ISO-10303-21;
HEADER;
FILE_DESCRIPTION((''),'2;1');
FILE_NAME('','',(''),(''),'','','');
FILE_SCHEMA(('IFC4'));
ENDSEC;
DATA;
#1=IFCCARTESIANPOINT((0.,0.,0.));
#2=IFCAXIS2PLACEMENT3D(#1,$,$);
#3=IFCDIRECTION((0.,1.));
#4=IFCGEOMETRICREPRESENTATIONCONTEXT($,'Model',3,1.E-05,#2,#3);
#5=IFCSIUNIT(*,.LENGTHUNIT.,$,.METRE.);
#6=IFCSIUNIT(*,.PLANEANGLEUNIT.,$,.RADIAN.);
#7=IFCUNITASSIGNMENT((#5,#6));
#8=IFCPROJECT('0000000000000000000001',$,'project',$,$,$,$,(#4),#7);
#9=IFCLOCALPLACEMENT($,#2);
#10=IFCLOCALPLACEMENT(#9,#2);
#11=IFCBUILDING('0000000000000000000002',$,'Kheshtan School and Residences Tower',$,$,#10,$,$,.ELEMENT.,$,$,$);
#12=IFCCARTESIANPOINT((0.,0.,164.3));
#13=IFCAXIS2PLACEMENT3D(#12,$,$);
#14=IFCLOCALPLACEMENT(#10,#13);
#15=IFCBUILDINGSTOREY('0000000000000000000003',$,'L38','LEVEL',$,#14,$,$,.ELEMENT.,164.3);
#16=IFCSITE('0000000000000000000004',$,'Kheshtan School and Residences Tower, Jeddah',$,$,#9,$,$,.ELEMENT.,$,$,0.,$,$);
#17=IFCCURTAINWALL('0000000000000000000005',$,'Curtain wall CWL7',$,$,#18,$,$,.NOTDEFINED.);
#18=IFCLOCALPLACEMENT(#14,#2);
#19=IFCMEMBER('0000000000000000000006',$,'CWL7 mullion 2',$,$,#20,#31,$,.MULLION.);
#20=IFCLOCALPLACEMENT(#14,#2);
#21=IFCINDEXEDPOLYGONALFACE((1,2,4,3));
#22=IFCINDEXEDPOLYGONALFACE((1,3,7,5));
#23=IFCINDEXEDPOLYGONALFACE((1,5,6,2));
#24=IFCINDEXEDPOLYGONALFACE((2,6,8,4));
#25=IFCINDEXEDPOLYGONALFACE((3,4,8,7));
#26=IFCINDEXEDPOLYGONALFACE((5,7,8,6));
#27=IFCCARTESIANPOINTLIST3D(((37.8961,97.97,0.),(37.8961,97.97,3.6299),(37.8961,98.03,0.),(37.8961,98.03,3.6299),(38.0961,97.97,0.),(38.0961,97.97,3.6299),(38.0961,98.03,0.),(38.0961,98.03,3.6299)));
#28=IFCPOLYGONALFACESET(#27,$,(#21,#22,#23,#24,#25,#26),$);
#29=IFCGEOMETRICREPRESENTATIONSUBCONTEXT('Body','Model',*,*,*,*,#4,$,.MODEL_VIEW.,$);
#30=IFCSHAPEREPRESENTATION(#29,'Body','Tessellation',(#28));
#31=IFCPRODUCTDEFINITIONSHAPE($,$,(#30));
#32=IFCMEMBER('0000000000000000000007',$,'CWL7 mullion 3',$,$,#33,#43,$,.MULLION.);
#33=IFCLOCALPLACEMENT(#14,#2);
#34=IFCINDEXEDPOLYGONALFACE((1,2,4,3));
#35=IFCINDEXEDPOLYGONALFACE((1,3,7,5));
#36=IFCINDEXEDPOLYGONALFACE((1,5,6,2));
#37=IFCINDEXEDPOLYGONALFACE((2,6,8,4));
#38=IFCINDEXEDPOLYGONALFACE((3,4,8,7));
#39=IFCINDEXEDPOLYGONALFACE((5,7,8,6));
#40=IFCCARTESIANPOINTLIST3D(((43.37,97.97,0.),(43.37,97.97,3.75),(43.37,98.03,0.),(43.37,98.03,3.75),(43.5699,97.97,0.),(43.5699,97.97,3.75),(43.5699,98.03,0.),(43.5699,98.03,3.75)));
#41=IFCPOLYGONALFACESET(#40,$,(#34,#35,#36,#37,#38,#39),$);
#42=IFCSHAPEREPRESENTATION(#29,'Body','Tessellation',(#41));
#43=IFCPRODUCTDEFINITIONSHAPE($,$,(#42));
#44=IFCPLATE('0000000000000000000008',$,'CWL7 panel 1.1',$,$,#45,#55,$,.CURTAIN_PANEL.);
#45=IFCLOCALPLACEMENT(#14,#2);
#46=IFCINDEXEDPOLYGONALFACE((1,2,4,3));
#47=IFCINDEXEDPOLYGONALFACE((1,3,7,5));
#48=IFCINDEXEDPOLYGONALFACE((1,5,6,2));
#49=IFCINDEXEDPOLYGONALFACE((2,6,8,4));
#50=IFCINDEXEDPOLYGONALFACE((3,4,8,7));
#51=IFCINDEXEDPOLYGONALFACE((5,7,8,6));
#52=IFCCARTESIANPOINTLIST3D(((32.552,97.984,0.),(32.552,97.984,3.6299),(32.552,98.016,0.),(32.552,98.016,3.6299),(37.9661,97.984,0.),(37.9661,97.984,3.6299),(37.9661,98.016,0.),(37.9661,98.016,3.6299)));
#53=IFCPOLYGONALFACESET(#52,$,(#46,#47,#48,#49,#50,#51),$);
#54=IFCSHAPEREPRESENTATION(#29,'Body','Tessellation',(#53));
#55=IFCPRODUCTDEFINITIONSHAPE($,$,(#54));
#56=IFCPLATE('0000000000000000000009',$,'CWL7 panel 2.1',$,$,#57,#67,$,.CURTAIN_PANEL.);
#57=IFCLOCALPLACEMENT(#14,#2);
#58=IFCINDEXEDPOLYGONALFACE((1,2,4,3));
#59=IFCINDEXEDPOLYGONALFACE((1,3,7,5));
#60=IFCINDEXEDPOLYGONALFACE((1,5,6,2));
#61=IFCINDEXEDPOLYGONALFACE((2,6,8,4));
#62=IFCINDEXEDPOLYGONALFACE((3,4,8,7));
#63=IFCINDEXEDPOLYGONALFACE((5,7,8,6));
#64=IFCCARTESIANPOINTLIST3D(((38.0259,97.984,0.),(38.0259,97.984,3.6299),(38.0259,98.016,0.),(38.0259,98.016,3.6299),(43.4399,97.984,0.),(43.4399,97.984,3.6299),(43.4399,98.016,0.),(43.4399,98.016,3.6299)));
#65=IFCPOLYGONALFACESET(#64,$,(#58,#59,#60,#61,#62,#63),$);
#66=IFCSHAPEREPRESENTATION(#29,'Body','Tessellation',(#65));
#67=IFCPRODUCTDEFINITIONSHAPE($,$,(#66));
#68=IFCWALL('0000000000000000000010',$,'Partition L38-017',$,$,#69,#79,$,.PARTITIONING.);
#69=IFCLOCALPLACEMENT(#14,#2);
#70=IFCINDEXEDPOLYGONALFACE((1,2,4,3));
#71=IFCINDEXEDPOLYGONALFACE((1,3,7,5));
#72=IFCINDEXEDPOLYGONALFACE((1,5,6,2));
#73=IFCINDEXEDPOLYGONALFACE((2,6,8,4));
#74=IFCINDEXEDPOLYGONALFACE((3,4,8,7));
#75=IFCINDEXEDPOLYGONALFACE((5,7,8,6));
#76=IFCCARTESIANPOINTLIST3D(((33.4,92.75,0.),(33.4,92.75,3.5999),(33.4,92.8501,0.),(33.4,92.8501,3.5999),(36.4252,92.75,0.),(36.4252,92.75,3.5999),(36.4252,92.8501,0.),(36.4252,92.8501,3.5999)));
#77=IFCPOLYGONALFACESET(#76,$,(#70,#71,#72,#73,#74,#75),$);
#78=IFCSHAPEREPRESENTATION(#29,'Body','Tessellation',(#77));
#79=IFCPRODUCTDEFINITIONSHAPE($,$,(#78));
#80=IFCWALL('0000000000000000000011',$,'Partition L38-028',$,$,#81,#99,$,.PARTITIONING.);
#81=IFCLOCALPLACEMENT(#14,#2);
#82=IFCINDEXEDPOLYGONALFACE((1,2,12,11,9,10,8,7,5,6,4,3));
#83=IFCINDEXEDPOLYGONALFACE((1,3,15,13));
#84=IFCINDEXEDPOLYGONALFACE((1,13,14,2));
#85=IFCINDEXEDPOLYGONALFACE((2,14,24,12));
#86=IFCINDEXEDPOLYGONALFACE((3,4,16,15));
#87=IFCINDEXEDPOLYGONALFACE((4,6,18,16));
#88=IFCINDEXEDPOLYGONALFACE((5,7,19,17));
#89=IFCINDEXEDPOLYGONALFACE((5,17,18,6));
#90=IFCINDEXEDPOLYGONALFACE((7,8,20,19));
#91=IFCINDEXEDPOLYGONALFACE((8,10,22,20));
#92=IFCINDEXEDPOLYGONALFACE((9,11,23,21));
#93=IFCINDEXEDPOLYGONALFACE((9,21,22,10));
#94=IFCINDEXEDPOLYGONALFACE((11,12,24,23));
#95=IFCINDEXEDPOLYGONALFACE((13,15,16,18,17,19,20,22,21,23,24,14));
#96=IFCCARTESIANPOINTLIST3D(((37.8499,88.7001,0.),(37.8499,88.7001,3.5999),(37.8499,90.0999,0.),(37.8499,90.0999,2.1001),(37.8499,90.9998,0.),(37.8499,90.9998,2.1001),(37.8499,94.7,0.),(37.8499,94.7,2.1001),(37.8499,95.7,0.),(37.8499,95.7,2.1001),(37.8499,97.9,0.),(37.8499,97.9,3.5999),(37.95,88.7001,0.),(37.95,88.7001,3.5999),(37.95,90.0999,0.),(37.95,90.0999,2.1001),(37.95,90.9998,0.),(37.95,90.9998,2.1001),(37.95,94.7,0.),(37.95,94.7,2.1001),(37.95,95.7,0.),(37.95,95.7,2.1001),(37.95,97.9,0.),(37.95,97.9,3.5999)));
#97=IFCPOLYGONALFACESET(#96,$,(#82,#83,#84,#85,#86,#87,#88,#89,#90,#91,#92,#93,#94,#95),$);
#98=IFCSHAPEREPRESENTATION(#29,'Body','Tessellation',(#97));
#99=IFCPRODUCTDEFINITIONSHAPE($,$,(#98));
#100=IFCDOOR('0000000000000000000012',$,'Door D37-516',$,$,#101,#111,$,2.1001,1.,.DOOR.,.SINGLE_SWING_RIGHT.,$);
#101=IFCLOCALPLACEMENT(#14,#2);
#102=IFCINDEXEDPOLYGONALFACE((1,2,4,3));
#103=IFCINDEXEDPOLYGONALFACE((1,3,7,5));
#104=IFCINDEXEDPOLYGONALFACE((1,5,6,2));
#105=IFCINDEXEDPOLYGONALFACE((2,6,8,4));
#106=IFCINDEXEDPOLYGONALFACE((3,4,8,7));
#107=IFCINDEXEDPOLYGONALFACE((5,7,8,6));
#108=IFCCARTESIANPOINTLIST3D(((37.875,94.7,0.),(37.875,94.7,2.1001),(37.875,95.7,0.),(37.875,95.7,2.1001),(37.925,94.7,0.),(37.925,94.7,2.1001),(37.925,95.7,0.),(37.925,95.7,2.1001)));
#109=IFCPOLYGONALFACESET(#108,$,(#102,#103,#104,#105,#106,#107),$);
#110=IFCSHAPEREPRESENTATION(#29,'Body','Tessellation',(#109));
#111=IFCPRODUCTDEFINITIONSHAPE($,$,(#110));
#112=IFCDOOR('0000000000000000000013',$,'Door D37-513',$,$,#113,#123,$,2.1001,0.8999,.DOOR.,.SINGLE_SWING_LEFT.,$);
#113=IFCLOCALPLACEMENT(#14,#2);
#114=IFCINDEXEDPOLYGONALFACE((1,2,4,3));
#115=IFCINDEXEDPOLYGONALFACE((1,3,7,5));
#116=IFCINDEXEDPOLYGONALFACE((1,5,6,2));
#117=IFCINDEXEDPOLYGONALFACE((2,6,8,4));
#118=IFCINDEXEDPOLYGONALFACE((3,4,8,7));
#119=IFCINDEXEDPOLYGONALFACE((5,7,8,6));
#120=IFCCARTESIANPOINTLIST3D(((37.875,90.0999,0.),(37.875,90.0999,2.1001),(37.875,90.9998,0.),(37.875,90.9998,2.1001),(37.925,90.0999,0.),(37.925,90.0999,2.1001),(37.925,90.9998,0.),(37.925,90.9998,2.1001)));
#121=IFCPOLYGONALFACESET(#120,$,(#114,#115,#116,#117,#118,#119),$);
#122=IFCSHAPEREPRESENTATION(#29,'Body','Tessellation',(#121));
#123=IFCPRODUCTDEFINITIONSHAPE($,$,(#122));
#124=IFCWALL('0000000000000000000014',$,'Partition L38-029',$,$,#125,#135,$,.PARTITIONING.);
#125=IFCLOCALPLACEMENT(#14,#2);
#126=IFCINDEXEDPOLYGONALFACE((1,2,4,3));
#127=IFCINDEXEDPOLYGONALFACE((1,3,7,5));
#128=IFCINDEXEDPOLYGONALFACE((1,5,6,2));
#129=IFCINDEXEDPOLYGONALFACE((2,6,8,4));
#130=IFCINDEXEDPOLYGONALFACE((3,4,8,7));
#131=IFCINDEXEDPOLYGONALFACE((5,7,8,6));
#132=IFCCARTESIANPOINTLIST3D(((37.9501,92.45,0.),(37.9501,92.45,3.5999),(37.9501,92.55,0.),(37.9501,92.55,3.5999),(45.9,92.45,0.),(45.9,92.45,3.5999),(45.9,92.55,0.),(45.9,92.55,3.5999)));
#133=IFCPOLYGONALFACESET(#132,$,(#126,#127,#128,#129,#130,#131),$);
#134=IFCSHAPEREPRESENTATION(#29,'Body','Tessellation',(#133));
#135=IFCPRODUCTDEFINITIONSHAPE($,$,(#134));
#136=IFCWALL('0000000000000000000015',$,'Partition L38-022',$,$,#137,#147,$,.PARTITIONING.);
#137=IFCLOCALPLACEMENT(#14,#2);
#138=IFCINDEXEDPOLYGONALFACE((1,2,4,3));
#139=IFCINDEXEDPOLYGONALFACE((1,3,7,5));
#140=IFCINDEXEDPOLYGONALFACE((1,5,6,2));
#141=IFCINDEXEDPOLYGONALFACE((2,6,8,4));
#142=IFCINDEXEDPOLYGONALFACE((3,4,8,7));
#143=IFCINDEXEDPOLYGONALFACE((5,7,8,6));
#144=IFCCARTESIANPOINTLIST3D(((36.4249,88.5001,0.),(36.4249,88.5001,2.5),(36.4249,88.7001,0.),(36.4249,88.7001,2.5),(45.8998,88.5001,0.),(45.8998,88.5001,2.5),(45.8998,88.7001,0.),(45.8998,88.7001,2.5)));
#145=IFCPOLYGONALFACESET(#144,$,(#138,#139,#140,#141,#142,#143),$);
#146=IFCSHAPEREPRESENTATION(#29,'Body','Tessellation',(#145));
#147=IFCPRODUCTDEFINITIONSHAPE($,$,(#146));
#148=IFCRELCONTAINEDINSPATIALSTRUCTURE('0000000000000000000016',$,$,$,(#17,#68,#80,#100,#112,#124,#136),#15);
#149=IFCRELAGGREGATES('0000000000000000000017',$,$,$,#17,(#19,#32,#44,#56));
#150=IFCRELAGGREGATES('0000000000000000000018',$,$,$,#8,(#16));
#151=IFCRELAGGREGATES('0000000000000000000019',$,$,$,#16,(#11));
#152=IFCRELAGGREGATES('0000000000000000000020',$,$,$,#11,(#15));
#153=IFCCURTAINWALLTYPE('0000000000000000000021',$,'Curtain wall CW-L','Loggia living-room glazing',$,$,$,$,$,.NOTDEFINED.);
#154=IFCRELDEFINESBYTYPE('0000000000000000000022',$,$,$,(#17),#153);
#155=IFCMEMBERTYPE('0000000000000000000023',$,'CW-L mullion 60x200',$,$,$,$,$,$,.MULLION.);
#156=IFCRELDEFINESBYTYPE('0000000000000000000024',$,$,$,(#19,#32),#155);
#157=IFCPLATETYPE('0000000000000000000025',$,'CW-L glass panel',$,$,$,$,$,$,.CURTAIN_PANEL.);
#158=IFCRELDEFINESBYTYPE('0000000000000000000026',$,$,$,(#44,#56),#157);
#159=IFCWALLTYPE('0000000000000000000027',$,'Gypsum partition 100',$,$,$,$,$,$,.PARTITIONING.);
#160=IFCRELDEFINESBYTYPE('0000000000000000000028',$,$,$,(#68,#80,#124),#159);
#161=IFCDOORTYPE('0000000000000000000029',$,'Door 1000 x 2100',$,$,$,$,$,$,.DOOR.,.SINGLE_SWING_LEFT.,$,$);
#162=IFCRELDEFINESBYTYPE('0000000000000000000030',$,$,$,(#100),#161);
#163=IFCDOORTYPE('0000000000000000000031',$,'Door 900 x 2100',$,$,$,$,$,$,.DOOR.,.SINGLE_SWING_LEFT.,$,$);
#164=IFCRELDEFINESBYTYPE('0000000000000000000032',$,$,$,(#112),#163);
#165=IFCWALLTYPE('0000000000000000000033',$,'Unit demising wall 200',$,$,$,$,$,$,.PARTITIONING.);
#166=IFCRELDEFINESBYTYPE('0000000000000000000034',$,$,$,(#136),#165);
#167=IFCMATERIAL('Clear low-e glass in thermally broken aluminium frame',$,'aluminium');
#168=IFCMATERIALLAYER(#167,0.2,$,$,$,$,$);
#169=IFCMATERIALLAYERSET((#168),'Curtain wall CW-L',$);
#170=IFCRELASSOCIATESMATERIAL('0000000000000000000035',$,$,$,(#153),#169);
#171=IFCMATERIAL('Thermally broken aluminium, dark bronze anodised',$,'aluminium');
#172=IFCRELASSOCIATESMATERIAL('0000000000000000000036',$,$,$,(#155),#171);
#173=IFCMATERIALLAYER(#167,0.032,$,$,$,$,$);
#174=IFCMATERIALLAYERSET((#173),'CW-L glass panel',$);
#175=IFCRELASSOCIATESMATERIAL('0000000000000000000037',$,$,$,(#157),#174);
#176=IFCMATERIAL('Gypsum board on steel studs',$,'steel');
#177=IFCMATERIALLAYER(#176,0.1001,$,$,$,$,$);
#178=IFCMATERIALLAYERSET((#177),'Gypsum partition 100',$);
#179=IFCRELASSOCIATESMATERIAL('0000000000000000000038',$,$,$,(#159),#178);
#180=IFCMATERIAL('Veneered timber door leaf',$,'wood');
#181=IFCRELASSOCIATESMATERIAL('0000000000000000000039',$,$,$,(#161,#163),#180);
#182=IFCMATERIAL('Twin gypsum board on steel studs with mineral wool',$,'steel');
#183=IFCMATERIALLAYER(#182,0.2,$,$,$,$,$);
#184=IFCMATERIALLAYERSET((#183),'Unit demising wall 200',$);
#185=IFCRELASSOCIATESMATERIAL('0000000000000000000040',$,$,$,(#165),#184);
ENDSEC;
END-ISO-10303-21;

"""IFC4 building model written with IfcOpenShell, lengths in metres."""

from ifc_helpers import new_model, si_unit, direction, frame, frame_2d, origin, origin_2d, place, context, subcontext, project, spatial, rectangle, extrude, source, transform, mapped, material, layer, layer_set, material_profile, profile_set, type_object, element, fill, aggregate, save


model = new_model("IFC4")

# Units and contexts
model_context = context("Model", 3, precision=1e-05, world=origin(), true_north=direction((0.0, 1.0)))
body_context = subcontext(model_context, "Body", "Model", "MODEL_VIEW")
ifc_project = project(units=[si_unit("LENGTHUNIT", "METRE"), si_unit("PLANEANGLEUNIT", "RADIAN")], contexts=[model_context])

# Site, building, storey
site_placement = place(None, origin())
site = spatial("IfcSite", under=ifc_project, at=site_placement, Name="Kheshtan School and Residences Tower, Jeddah", CompositionType="ELEMENT", RefElevation=0.0)
building_placement = place(site_placement, origin())
building = spatial("IfcBuilding", under=site, at=building_placement, Name="Kheshtan School and Residences Tower", CompositionType="ELEMENT")
storey_placement = place(building_placement, frame((0.0, 0.0, 164.3)))
storey = spatial("IfcBuildingStorey", under=building, at=storey_placement, Name="L38", Description="LEVEL", CompositionType="ELEMENT", Elevation=164.3)

# Curtain wall, members, plates
ifc_material_1 = material(Name="Clear low-e glass in thermally broken aluminium frame", Category="aluminium")
ifc_layer_1 = layer(ifc_material_1, 0.2)
ifc_layer_set_1 = layer_set([ifc_layer_1], Name="Curtain wall CW-L")
curtain_wall_type = type_object("IfcCurtainWallType", Name="Curtain wall CW-L", Description="Loggia living-room glazing", PredefinedType="NOTDEFINED", material=ifc_layer_set_1)
curtain_wall_placement = place(storey_placement, origin())
curtain_wall = element("IfcCurtainWall", 1, at=curtain_wall_placement, inside=storey, type_object=curtain_wall_type, Name="Curtain wall CWL7", PredefinedType="NOTDEFINED")
ifc_material_2 = material(Name="Thermally broken aluminium, dark bronze anodised", Category="aluminium")
ifc_material_profile = material_profile(ifc_material_2, rectangle(XDim=0.0601, YDim=0.2, at=origin_2d()), Name="CW-L mullion 60x200")
ifc_profile_set = profile_set([ifc_material_profile], Name="Thermally broken aluminium, dark bronze anodised")
member_type = type_object("IfcMemberType", Name="CW-L mullion 60x200", PredefinedType="MULLION", material=ifc_profile_set)
member_1_placement = place(storey_placement, frame((37.9961, 98.0, 0.0), z_axis=(0.0, 0.0, 1.0), x_axis=(0.0, 1.0, 0.0)))
member_1 = element("IfcMember", 2, at=member_1_placement, type_object=member_type, Name="CWL7 mullion 2", PredefinedType="MULLION", context=body_context, shape_type="SweptSolid", body=[
    extrude(rectangle(XDim=0.0601, YDim=0.2, at=origin_2d()), origin(), (0.0, 0.0, 1.0), 3.6299),
])
member_2_placement = place(storey_placement, frame((43.47, 98.0, 0.0), z_axis=(0.0, 0.0, 1.0), x_axis=(0.0, 1.0, 0.0)))
member_2 = element("IfcMember", 3, at=member_2_placement, type_object=member_type, Name="CWL7 mullion 3", PredefinedType="MULLION", context=body_context, shape_type="SweptSolid", body=[
    extrude(rectangle(XDim=0.0601, YDim=0.2, at=origin_2d()), origin(), (0.0, 0.0, 1.0), 3.75),
])
ifc_layer_2 = layer(ifc_material_1, 0.032)
ifc_layer_set_2 = layer_set([ifc_layer_2], Name="CW-L glass panel")
plate_type = type_object("IfcPlateType", Name="CW-L glass panel", PredefinedType="CURTAIN_PANEL", material=ifc_layer_set_2)
plate_1_placement = place(storey_placement, frame((35.259, 98.0, 0.0), z_axis=(0.0, 0.0, 1.0), x_axis=(1.0, 0.0, 0.0)))
plate_1 = element("IfcPlate", 4, at=plate_1_placement, type_object=plate_type, Name="CWL7 panel 1.1", PredefinedType="CURTAIN_PANEL", context=body_context, shape_type="SweptSolid", body=[
    extrude(rectangle(XDim=5.4141, YDim=0.032, at=origin_2d()), origin(), (0.0, 0.0, 1.0), 3.6299),
])
plate_2_placement = place(storey_placement, frame((40.7329, 98.0, 0.0), z_axis=(0.0, 0.0, 1.0), x_axis=(1.0, 0.0, 0.0)))
plate_2 = element("IfcPlate", 5, at=plate_2_placement, type_object=plate_type, Name="CWL7 panel 2.1", PredefinedType="CURTAIN_PANEL", context=body_context, shape_type="SweptSolid", body=[
    extrude(rectangle(XDim=5.4141, YDim=0.032, at=origin_2d()), origin(), (0.0, 0.0, 1.0), 3.6299),
])
aggregate(curtain_wall, [member_1, member_2, plate_1, plate_2])

# Wall
ifc_material_3 = material(Name="Gypsum board on steel studs", Category="steel")
ifc_layer_3 = layer(ifc_material_3, 0.1001)
ifc_layer_set_3 = layer_set([ifc_layer_3], Name="Gypsum partition 100")
wall_type_1 = type_object("IfcWallType", Name="Gypsum partition 100", PredefinedType="PARTITIONING", material=ifc_layer_set_3)
wall_1_placement = place(storey_placement, frame((33.3999, 92.8, 0.0), z_axis=(0.0, 0.0, 1.0), x_axis=(1.0, 0.0, 0.0)))
element("IfcWall", 6, at=wall_1_placement, inside=storey, type_object=wall_type_1, Name="Partition L38-017", PredefinedType="PARTITIONING", context=body_context, shape_type="SweptSolid", body=[
    extrude(rectangle(XDim=3.0251, YDim=0.1001, at=frame_2d((1.5127, 0.0))), origin(), (0.0, 0.0, 1.0), 3.5999),
])

# Wall, openings, doors
wall_2_placement = place(storey_placement, frame((37.8999, 88.7, 0.0), z_axis=(0.0, 0.0, 1.0), x_axis=(0.0, 1.0, 0.0)))
wall_2 = element("IfcWall", 7, at=wall_2_placement, inside=storey, type_object=wall_type_1, Name="Partition L38-028", PredefinedType="PARTITIONING", context=body_context, shape_type="SweptSolid", body=[
    extrude(rectangle(XDim=9.2, YDim=0.1001, at=frame_2d((4.6001, 0.0))), origin(), (0.0, 0.0, 1.0), 3.5999),
])
opening_1_placement = place(wall_2_placement, frame((1.3999, 0.0, 0.0)))
opening_1 = element("IfcOpeningElement", 8, at=opening_1_placement, cuts=wall_2, PredefinedType="OPENING", context=body_context, shape_type="SweptSolid", body=[
    extrude(rectangle(XDim=0.8999, YDim=2.1001, at=frame_2d((0.45, 1.05))), frame((0.0, 0.0601, 0.0), z_axis=(0.0, -1.0, 0.0), x_axis=(1.0, 0.0, 0.0)), (0.0, 0.0, 1.0), 0.1201),
])
opening_2_placement = place(wall_2_placement, frame((6.0, 0.0, 0.0)))
opening_2 = element("IfcOpeningElement", 9, at=opening_2_placement, cuts=wall_2, PredefinedType="OPENING", context=body_context, shape_type="SweptSolid", body=[
    extrude(rectangle(XDim=1.0, YDim=2.1001, at=frame_2d((0.5, 1.05))), frame((0.0, 0.0601, 0.0), z_axis=(0.0, -1.0, 0.0), x_axis=(1.0, 0.0, 0.0)), (0.0, 0.0, 1.0), 0.1201),
])
ifc_material_4 = material(Name="Veneered timber door leaf", Category="wood")
door_type_1 = type_object("IfcDoorType", Name="Door 1000 x 2100", OperationType="SINGLE_SWING_LEFT", PredefinedType="DOOR", material=ifc_material_4)
shared_shape_1 = source(origin(), body_context, "Body", "SweptSolid", [
    extrude(rectangle(XDim=1.0, YDim=2.1001, at=frame_2d((0.5, 1.05))), frame((0.0, 0.0249, 0.0), z_axis=(0.0, -1.0, 0.0), x_axis=(1.0, 0.0, 0.0)), (0.0, 0.0, 1.0), 0.05),
])
door_1_placement = place(opening_2_placement, origin())
door_1 = element("IfcDoor", 10, at=door_1_placement, inside=storey, type_object=door_type_1, Name="Door D37-516", OperationType="SINGLE_SWING_RIGHT", OverallHeight=2.1001, OverallWidth=1.0, PredefinedType="DOOR", context=body_context, shape_type="MappedRepresentation", body=[
    mapped(shared_shape_1, transform((0.0, 0.0, 0.0), x_axis=(1.0, 0.0, 0.0), y_axis=(0.0, 1.0, 0.0), z_axis=(0.0, 0.0, 1.0), scale=1.0)),
])
fill(opening_2, door_1)
door_type_2 = type_object("IfcDoorType", Name="Door 900 x 2100", OperationType="SINGLE_SWING_LEFT", PredefinedType="DOOR", material=ifc_material_4)
shared_shape_2 = source(origin(), body_context, "Body", "SweptSolid", [
    extrude(rectangle(XDim=0.8999, YDim=2.1001, at=frame_2d((0.45, 1.05))), frame((0.0, 0.0249, 0.0), z_axis=(0.0, -1.0, 0.0), x_axis=(1.0, 0.0, 0.0)), (0.0, 0.0, 1.0), 0.05),
])
door_2_placement = place(opening_1_placement, origin())
door_2 = element("IfcDoor", 11, at=door_2_placement, inside=storey, type_object=door_type_2, Name="Door D37-513", OperationType="SINGLE_SWING_LEFT", OverallHeight=2.1001, OverallWidth=0.8999, PredefinedType="DOOR", context=body_context, shape_type="MappedRepresentation", body=[
    mapped(shared_shape_2, transform((0.0, 0.0, 0.0), x_axis=(1.0, 0.0, 0.0), y_axis=(0.0, 1.0, 0.0), z_axis=(0.0, 0.0, 1.0), scale=1.0)),
])
fill(opening_1, door_2)

# Walls
wall_3_placement = place(storey_placement, frame((37.95, 92.5, 0.0), z_axis=(0.0, 0.0, 1.0), x_axis=(1.0, 0.0, 0.0)))
element("IfcWall", 12, at=wall_3_placement, inside=storey, type_object=wall_type_1, Name="Partition L38-029", PredefinedType="PARTITIONING", context=body_context, shape_type="SweptSolid", body=[
    extrude(rectangle(XDim=7.95, YDim=0.1001, at=frame_2d((3.9751, 0.0))), origin(), (0.0, 0.0, 1.0), 3.5999),
])
ifc_material_5 = material(Name="Twin gypsum board on steel studs with mineral wool", Category="steel")
ifc_layer_4 = layer(ifc_material_5, 0.2)
ifc_layer_set_4 = layer_set([ifc_layer_4], Name="Unit demising wall 200")
wall_type_2 = type_object("IfcWallType", Name="Unit demising wall 200", PredefinedType="PARTITIONING", material=ifc_layer_set_4)
wall_4_placement = place(storey_placement, frame((36.425, 88.6001, 0.0), z_axis=(0.0, 0.0, 1.0), x_axis=(1.0, 0.0, 0.0)))
element("IfcWall", 13, at=wall_4_placement, inside=storey, type_object=wall_type_2, Name="Partition L38-022", PredefinedType="PARTITIONING", context=body_context, shape_type="SweptSolid", body=[
    extrude(rectangle(XDim=9.4749, YDim=0.2, at=frame_2d((4.7373, 0.0))), origin(), (0.0, 0.0, 1.0), 2.5),
])

save(model, "model.ifc")
